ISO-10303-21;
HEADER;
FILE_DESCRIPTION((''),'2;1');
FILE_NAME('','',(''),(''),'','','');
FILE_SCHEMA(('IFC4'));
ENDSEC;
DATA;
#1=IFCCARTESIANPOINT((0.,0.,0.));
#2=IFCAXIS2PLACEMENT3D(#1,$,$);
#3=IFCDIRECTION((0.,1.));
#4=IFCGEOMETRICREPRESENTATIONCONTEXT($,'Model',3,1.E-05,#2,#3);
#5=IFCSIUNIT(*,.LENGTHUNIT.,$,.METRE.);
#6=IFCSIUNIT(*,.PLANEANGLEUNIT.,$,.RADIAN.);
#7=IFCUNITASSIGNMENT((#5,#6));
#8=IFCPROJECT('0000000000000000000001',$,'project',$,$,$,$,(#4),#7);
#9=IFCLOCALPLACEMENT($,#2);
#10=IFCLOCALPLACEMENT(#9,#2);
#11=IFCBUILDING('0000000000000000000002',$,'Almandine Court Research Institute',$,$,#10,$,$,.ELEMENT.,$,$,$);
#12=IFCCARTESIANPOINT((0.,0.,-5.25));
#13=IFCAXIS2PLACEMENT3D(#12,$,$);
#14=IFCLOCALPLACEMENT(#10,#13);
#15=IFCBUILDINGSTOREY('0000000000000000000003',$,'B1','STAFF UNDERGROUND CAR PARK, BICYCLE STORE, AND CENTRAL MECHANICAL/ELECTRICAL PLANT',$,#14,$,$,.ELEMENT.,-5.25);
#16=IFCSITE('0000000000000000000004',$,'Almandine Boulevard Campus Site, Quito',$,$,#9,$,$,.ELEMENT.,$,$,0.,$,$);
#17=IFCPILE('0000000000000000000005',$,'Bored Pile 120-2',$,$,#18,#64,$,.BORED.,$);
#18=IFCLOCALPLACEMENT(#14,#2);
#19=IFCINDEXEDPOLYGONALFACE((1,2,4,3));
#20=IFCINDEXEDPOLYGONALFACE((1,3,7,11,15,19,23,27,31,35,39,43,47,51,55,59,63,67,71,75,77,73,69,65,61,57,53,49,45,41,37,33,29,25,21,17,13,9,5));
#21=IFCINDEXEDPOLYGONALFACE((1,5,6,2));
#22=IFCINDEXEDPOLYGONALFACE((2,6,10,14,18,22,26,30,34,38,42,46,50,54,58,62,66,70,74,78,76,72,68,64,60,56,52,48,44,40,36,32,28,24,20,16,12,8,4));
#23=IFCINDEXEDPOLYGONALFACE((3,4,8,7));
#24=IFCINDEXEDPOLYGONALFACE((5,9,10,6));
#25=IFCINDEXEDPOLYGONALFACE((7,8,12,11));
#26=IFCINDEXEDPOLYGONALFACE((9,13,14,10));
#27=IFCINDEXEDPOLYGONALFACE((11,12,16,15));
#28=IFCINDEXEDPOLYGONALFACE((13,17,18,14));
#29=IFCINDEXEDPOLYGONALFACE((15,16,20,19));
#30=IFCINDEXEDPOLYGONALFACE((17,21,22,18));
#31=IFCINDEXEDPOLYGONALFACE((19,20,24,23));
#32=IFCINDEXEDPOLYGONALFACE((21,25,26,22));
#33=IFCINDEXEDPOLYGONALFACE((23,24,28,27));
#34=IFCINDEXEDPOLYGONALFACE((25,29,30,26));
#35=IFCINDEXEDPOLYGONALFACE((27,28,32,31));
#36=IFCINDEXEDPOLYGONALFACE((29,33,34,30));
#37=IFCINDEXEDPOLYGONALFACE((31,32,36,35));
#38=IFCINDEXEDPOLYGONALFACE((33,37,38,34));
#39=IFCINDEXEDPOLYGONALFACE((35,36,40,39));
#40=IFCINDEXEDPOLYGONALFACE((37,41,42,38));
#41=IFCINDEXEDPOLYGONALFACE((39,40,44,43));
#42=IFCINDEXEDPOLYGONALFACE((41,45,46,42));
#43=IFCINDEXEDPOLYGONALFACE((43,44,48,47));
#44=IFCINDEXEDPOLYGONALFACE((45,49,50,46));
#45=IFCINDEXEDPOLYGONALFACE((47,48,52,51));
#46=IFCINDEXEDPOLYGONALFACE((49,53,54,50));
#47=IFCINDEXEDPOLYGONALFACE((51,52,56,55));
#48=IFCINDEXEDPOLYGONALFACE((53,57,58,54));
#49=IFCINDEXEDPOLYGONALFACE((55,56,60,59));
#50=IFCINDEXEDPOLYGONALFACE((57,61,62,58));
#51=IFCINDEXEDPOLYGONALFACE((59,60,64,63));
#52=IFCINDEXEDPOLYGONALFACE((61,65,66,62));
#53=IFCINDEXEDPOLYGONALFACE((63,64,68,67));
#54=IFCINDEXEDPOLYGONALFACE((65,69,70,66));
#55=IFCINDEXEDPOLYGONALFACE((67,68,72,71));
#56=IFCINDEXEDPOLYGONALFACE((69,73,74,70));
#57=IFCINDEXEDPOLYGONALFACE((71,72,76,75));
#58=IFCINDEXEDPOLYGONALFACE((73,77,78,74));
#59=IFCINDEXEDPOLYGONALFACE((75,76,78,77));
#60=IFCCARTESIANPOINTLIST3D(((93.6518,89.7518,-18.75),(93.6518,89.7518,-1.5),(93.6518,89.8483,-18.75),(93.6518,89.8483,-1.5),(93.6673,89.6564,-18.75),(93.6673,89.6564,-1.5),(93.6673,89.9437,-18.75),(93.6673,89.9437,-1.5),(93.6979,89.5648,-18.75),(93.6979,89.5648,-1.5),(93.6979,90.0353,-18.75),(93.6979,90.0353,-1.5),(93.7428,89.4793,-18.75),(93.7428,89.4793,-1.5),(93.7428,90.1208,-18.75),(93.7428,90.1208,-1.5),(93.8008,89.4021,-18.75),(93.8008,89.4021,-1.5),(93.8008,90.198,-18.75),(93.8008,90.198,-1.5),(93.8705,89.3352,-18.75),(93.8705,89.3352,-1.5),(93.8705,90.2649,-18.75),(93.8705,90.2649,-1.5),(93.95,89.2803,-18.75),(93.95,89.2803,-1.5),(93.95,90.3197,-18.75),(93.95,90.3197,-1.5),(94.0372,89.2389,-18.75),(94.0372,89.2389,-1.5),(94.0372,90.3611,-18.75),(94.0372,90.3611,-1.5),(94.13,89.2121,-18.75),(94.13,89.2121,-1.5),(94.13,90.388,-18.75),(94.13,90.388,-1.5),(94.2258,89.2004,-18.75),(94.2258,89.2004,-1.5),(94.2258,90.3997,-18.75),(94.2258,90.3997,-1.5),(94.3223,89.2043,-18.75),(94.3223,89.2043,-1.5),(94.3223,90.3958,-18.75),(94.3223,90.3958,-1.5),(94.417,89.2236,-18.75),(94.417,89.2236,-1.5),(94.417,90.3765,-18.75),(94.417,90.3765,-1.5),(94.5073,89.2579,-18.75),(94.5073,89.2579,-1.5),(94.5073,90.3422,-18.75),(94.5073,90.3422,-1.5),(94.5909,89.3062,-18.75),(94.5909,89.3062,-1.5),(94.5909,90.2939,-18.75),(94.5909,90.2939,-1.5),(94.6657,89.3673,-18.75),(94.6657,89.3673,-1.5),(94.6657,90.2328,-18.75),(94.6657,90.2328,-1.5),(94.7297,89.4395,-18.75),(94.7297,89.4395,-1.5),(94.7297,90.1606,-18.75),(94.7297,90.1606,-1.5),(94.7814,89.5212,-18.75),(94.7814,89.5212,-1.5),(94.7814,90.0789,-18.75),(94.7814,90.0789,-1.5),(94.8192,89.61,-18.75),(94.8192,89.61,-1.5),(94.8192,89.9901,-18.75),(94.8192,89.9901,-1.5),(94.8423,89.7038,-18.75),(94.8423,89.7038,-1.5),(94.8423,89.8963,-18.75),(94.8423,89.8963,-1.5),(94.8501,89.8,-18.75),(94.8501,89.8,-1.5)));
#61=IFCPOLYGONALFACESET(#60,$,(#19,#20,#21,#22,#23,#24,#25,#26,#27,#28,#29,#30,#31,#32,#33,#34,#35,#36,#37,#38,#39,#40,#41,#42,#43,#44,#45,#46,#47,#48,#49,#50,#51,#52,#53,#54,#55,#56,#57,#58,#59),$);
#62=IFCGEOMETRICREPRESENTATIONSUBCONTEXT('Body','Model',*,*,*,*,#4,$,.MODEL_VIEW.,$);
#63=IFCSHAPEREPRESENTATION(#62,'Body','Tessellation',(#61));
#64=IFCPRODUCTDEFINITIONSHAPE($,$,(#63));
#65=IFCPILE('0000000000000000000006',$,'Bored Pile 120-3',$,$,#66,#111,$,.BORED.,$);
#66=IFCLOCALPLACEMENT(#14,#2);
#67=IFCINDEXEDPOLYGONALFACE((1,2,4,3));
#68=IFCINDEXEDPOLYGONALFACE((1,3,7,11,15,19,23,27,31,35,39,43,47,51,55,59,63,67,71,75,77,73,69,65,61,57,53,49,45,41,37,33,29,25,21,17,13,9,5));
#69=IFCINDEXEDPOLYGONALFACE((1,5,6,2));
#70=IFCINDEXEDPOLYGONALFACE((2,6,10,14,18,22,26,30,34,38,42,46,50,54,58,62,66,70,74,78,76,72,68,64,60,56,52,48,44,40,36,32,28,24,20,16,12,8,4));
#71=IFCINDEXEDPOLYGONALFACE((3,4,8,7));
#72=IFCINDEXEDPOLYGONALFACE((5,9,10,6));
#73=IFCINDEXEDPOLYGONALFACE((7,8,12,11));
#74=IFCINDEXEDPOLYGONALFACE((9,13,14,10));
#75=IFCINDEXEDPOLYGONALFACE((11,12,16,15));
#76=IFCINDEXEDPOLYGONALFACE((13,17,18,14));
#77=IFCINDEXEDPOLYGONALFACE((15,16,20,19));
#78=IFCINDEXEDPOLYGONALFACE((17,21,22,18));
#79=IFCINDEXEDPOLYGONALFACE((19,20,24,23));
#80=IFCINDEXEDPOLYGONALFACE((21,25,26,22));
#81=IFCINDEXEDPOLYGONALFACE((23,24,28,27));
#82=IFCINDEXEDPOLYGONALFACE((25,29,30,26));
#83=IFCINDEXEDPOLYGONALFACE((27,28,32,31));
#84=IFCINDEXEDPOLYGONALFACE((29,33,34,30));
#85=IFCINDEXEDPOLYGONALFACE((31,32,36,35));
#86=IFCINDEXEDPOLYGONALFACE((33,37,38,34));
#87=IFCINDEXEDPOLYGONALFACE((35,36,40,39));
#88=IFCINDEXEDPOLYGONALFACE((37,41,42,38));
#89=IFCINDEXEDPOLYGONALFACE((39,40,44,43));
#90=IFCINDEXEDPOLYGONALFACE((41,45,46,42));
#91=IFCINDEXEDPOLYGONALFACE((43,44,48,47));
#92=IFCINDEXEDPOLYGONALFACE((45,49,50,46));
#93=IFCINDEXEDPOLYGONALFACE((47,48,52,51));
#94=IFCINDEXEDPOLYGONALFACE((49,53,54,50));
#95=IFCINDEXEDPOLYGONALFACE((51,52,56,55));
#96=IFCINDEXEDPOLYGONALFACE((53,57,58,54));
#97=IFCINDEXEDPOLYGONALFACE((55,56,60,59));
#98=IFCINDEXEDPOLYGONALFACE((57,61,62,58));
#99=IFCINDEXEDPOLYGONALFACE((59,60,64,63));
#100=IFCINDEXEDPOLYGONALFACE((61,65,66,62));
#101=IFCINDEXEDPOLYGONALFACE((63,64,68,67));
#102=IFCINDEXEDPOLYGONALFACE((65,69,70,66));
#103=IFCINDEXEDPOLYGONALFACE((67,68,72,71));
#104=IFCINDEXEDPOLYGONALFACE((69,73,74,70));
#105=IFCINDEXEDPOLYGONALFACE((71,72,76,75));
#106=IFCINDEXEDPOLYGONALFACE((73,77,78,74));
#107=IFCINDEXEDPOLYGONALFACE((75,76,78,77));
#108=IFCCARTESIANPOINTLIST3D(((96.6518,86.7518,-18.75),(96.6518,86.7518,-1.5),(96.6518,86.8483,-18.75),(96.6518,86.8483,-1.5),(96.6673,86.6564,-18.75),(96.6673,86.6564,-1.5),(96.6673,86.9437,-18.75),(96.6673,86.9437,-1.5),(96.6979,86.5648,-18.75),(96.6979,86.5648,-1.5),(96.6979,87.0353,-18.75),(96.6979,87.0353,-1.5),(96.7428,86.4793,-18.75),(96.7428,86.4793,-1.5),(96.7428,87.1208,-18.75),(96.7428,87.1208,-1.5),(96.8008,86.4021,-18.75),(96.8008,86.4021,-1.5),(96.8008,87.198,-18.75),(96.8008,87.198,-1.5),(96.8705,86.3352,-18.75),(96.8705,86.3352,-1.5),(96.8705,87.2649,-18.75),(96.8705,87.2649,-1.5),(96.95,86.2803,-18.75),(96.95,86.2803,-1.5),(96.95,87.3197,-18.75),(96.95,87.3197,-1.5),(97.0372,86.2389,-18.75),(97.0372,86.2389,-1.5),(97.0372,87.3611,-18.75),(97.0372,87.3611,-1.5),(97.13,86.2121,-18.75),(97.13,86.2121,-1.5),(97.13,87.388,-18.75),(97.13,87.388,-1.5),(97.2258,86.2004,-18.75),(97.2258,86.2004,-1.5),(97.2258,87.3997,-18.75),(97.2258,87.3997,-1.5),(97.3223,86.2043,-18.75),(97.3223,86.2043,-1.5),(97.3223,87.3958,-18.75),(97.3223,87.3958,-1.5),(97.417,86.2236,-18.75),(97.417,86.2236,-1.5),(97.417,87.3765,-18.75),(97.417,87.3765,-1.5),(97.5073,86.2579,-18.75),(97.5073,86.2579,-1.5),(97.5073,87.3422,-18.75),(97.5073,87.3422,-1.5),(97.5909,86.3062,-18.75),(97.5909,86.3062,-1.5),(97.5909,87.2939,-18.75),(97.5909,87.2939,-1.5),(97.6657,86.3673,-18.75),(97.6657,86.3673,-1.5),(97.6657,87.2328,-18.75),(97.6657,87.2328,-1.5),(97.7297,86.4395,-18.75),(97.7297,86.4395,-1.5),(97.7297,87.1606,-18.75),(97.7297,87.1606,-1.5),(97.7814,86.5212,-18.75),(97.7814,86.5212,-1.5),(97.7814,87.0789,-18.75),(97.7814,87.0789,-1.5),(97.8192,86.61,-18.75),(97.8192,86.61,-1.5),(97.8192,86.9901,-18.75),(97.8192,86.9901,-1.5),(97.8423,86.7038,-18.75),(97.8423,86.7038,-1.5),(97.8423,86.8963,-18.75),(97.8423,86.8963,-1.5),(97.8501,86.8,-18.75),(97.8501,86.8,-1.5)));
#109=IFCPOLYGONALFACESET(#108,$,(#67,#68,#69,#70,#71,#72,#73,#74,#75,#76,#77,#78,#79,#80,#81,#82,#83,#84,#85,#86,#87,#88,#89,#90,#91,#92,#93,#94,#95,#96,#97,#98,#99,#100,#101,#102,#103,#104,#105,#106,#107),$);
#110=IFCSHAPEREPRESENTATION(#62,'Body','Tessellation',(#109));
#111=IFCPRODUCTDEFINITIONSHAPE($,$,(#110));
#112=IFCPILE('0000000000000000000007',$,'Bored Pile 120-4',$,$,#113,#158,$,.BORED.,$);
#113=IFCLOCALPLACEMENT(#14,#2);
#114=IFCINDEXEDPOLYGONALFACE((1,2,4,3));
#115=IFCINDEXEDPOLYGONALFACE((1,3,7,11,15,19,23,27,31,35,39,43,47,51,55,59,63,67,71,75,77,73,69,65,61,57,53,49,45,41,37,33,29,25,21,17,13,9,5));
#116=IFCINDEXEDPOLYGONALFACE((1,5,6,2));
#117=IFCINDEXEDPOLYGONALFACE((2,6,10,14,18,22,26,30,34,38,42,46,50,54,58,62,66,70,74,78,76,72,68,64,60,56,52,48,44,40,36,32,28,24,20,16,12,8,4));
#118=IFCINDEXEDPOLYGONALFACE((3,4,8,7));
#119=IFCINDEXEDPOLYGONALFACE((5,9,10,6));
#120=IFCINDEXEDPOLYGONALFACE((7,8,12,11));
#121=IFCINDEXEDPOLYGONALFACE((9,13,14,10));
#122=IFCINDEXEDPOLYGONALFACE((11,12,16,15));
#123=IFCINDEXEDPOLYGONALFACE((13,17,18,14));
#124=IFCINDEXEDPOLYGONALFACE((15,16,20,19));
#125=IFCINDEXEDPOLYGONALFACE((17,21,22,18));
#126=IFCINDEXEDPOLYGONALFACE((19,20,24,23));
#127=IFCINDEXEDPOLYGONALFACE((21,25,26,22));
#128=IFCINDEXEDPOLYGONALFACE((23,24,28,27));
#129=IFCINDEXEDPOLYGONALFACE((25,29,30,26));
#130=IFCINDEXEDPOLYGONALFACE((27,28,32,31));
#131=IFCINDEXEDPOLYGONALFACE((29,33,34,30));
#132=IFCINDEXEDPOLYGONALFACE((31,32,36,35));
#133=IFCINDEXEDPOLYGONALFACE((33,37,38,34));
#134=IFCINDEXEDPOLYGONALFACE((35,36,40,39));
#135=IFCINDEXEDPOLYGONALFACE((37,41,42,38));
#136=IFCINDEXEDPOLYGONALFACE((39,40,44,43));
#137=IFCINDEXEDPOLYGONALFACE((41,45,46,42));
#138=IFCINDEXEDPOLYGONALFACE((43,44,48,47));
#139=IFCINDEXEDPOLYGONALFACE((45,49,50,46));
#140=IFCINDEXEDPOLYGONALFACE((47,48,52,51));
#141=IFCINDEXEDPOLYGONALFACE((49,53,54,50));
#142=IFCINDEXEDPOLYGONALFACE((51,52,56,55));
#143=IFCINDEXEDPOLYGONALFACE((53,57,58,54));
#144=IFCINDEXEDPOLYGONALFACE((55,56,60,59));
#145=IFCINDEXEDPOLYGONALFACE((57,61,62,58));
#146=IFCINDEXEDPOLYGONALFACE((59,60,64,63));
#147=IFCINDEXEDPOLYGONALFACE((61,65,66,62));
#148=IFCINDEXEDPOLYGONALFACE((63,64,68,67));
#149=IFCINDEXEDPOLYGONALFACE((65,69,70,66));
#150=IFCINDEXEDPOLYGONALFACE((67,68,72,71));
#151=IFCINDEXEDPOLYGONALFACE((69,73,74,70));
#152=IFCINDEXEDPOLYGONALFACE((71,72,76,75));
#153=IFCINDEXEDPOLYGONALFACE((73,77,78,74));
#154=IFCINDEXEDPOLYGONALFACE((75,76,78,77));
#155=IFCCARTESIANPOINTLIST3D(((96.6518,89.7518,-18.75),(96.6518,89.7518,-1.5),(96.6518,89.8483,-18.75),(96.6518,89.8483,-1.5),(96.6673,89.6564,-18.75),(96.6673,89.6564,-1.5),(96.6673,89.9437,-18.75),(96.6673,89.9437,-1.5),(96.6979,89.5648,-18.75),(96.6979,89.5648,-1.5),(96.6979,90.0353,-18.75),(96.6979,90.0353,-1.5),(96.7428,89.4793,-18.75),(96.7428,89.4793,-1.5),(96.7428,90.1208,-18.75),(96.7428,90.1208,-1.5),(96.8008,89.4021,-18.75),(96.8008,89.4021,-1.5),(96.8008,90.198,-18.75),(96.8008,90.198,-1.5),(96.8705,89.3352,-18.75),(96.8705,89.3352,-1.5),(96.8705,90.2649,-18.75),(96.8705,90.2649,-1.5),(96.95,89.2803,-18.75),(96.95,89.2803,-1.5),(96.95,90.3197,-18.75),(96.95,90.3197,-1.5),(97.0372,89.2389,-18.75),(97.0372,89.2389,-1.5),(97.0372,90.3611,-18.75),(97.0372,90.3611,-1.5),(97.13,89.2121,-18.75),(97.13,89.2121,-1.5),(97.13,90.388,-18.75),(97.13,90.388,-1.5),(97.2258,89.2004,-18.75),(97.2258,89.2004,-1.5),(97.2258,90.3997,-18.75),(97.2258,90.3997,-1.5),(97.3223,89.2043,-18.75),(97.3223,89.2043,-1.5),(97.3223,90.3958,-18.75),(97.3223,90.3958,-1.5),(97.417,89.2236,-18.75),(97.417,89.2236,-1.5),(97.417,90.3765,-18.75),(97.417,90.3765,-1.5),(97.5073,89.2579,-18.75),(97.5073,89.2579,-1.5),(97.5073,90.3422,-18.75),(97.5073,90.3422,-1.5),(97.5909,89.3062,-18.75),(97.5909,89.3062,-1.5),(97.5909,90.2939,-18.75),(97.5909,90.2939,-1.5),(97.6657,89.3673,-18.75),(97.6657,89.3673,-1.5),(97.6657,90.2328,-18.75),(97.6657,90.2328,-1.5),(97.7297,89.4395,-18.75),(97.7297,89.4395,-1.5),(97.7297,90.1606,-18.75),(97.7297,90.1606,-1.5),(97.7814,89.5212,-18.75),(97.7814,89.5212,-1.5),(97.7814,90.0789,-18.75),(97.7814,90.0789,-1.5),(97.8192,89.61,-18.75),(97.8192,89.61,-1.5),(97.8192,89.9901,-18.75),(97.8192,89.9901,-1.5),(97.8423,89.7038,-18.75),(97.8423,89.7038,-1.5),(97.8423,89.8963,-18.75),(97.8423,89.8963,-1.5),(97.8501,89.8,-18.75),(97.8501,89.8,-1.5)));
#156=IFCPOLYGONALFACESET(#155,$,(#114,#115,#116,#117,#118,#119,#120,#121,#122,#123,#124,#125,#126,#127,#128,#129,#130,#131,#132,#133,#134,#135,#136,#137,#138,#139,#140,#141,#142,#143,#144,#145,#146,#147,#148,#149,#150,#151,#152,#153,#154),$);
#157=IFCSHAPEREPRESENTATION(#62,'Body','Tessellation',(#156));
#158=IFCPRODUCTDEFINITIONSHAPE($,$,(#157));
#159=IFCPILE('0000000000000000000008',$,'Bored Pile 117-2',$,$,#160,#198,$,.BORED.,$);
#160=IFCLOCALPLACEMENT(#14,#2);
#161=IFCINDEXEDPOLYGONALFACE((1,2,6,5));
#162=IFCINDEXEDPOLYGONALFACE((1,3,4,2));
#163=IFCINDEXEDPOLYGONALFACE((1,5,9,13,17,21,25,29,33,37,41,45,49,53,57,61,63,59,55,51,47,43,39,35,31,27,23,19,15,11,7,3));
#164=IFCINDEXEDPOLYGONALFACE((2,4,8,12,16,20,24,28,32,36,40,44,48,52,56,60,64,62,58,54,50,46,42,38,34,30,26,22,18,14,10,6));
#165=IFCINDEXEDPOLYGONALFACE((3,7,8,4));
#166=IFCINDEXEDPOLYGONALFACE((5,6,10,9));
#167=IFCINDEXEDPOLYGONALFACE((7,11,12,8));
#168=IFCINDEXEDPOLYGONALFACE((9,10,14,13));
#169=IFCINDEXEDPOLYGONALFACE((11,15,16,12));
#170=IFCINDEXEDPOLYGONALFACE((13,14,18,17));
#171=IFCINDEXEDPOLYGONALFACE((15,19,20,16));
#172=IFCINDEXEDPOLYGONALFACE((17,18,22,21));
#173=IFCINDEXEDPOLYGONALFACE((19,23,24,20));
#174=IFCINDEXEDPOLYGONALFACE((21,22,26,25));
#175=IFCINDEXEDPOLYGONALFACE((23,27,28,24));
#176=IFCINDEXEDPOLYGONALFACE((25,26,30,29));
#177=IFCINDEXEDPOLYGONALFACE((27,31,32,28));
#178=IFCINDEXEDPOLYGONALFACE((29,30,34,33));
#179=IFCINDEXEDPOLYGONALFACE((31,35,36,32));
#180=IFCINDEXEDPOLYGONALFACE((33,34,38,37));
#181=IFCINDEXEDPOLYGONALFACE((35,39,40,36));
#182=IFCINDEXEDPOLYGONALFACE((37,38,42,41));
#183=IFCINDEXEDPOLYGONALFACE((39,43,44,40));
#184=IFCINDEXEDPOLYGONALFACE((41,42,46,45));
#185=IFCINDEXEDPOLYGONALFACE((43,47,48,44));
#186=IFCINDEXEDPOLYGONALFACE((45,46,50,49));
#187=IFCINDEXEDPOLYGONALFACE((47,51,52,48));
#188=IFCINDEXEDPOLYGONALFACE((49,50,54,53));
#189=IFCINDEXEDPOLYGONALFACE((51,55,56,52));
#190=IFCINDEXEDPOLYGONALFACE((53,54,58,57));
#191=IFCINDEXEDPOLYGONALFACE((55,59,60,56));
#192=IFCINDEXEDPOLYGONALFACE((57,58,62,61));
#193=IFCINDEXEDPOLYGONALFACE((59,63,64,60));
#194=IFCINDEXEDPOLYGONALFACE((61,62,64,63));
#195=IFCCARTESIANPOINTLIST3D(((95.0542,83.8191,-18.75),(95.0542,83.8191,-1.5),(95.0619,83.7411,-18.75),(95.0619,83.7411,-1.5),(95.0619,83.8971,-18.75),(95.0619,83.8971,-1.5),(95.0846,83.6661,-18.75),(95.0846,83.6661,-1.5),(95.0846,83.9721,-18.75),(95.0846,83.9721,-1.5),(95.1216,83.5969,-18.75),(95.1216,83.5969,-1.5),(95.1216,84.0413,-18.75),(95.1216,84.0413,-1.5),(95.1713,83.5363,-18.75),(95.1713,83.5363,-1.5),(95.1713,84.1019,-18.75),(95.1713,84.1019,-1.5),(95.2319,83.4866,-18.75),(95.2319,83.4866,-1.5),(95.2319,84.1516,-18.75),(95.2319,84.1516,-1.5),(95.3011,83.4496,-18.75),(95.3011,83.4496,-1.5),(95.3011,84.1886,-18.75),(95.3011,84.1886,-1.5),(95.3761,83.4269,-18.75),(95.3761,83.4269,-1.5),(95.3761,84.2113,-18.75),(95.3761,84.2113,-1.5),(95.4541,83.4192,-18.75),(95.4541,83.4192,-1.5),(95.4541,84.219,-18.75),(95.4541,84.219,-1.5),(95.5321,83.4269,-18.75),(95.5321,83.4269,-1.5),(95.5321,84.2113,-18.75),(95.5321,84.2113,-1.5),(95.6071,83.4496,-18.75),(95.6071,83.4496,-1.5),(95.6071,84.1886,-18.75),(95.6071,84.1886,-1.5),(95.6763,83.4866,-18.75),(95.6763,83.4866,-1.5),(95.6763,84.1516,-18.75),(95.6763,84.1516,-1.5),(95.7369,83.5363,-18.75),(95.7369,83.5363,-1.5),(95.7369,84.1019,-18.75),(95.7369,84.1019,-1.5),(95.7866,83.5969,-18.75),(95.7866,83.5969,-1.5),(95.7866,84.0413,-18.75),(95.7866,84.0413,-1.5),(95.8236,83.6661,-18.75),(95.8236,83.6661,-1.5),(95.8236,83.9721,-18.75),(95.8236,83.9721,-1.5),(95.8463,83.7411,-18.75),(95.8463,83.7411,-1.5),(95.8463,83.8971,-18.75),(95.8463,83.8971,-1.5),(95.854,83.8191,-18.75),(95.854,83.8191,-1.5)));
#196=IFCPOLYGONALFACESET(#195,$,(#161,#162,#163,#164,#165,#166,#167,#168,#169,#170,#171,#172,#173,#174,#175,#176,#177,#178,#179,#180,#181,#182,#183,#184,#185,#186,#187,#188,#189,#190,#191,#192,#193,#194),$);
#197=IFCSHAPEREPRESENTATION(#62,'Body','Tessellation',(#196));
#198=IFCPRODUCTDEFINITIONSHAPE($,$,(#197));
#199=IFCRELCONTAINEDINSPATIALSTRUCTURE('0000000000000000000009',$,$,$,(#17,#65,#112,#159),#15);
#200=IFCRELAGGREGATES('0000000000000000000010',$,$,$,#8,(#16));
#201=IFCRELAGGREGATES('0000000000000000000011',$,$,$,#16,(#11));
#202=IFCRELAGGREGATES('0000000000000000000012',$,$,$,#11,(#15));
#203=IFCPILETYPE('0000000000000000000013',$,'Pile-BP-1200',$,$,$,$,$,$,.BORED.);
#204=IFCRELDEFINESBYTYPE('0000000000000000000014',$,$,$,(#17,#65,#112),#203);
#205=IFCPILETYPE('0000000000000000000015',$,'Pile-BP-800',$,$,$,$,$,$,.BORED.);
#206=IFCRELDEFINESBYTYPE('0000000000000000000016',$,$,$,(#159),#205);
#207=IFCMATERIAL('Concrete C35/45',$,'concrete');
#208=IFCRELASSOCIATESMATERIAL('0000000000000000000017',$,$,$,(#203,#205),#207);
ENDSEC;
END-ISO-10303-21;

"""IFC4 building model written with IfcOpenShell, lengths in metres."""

from ifc_helpers import new_model, si_unit, direction, frame, origin, origin_2d, place, context, subcontext, project, spatial, circle, extrude, material, material_profile, profile_set, type_object, element, save


model = new_model("IFC4")

# Units and contexts
model_context = context("Model", 3, precision=1e-05, world=origin(), true_north=direction((0.0, 1.0)))
body_context = subcontext(model_context, "Body", "Model", "MODEL_VIEW")
ifc_project = project(units=[si_unit("LENGTHUNIT", "METRE"), si_unit("PLANEANGLEUNIT", "RADIAN")], contexts=[model_context])

# Site, building, storey
site_placement = place(None, origin())
site = spatial("IfcSite", under=ifc_project, at=site_placement, Name="Almandine Boulevard Campus Site, Quito", CompositionType="ELEMENT", RefElevation=0.0)
building_placement = place(site_placement, origin())
building = spatial("IfcBuilding", under=site, at=building_placement, Name="Almandine Court Research Institute", CompositionType="ELEMENT")
storey_placement = place(building_placement, frame((0.0, 0.0, -5.25)))
storey = spatial("IfcBuildingStorey", under=building, at=storey_placement, Name="B1", Description="STAFF UNDERGROUND CAR PARK, BICYCLE STORE, AND CENTRAL MECHANICAL/ELECTRICAL PLANT", CompositionType="ELEMENT", Elevation=-5.25)

# Shared definitions
ifc_material_1 = material(Name="Concrete C35/45", Category="concrete")

# Piles
ifc_material_profile_1 = material_profile(ifc_material_1, circle(Radius=0.6001, at=origin_2d()), Name="BORED PILE D1200")
ifc_profile_set_1 = profile_set([ifc_material_profile_1], Name="Concrete C35/45")
pile_type_1 = type_object("IfcPileType", Name="Pile-BP-1200", PredefinedType="BORED", material=ifc_profile_set_1)
for number, where, z_axis, x_axis, name in (
    (1, (94.25, 89.8, -1.5), (0.0, 0.0, -1.0), (1.0, 0.0, 0.0), "Bored Pile 120-2"),
    (2, (97.25, 86.8, -1.5), (0.0, 0.0, -1.0), (1.0, 0.0, 0.0), "Bored Pile 120-3"),
    (3, (97.25, 89.8, -1.5), (0.0, 0.0, -1.0), (1.0, 0.0, 0.0), "Bored Pile 120-4"),
):
    element("IfcPile", number, at=place(storey_placement, frame(where, z_axis=z_axis, x_axis=x_axis)), inside=storey, type_object=pile_type_1, Name=name, PredefinedType="BORED", context=body_context, shape_type="SweptSolid", body=[
        extrude(circle(Radius=0.6001, at=origin_2d()), origin(), (0.0, 0.0, 1.0), 17.25),
    ])
ifc_material_profile_2 = material_profile(ifc_material_1, circle(Radius=0.3999, at=origin_2d()), Name="BORED PILE D800")
ifc_profile_set_2 = profile_set([ifc_material_profile_2], Name="Concrete C35/45")
pile_type_2 = type_object("IfcPileType", Name="Pile-BP-800", PredefinedType="BORED", material=ifc_profile_set_2)
for number, where, z_axis, x_axis, name in (
    (4, (95.4541, 83.8191, -1.5), (0.0, 0.0, -1.0), (1.0, 0.0, 0.0), "Bored Pile 117-2"),
):
    element("IfcPile", number, at=place(storey_placement, frame(where, z_axis=z_axis, x_axis=x_axis)), inside=storey, type_object=pile_type_2, Name=name, PredefinedType="BORED", context=body_context, shape_type="SweptSolid", body=[
        extrude(circle(Radius=0.3999, at=origin_2d()), origin(), (0.0, 0.0, 1.0), 17.25),
    ])

save(model, "model.ifc")
